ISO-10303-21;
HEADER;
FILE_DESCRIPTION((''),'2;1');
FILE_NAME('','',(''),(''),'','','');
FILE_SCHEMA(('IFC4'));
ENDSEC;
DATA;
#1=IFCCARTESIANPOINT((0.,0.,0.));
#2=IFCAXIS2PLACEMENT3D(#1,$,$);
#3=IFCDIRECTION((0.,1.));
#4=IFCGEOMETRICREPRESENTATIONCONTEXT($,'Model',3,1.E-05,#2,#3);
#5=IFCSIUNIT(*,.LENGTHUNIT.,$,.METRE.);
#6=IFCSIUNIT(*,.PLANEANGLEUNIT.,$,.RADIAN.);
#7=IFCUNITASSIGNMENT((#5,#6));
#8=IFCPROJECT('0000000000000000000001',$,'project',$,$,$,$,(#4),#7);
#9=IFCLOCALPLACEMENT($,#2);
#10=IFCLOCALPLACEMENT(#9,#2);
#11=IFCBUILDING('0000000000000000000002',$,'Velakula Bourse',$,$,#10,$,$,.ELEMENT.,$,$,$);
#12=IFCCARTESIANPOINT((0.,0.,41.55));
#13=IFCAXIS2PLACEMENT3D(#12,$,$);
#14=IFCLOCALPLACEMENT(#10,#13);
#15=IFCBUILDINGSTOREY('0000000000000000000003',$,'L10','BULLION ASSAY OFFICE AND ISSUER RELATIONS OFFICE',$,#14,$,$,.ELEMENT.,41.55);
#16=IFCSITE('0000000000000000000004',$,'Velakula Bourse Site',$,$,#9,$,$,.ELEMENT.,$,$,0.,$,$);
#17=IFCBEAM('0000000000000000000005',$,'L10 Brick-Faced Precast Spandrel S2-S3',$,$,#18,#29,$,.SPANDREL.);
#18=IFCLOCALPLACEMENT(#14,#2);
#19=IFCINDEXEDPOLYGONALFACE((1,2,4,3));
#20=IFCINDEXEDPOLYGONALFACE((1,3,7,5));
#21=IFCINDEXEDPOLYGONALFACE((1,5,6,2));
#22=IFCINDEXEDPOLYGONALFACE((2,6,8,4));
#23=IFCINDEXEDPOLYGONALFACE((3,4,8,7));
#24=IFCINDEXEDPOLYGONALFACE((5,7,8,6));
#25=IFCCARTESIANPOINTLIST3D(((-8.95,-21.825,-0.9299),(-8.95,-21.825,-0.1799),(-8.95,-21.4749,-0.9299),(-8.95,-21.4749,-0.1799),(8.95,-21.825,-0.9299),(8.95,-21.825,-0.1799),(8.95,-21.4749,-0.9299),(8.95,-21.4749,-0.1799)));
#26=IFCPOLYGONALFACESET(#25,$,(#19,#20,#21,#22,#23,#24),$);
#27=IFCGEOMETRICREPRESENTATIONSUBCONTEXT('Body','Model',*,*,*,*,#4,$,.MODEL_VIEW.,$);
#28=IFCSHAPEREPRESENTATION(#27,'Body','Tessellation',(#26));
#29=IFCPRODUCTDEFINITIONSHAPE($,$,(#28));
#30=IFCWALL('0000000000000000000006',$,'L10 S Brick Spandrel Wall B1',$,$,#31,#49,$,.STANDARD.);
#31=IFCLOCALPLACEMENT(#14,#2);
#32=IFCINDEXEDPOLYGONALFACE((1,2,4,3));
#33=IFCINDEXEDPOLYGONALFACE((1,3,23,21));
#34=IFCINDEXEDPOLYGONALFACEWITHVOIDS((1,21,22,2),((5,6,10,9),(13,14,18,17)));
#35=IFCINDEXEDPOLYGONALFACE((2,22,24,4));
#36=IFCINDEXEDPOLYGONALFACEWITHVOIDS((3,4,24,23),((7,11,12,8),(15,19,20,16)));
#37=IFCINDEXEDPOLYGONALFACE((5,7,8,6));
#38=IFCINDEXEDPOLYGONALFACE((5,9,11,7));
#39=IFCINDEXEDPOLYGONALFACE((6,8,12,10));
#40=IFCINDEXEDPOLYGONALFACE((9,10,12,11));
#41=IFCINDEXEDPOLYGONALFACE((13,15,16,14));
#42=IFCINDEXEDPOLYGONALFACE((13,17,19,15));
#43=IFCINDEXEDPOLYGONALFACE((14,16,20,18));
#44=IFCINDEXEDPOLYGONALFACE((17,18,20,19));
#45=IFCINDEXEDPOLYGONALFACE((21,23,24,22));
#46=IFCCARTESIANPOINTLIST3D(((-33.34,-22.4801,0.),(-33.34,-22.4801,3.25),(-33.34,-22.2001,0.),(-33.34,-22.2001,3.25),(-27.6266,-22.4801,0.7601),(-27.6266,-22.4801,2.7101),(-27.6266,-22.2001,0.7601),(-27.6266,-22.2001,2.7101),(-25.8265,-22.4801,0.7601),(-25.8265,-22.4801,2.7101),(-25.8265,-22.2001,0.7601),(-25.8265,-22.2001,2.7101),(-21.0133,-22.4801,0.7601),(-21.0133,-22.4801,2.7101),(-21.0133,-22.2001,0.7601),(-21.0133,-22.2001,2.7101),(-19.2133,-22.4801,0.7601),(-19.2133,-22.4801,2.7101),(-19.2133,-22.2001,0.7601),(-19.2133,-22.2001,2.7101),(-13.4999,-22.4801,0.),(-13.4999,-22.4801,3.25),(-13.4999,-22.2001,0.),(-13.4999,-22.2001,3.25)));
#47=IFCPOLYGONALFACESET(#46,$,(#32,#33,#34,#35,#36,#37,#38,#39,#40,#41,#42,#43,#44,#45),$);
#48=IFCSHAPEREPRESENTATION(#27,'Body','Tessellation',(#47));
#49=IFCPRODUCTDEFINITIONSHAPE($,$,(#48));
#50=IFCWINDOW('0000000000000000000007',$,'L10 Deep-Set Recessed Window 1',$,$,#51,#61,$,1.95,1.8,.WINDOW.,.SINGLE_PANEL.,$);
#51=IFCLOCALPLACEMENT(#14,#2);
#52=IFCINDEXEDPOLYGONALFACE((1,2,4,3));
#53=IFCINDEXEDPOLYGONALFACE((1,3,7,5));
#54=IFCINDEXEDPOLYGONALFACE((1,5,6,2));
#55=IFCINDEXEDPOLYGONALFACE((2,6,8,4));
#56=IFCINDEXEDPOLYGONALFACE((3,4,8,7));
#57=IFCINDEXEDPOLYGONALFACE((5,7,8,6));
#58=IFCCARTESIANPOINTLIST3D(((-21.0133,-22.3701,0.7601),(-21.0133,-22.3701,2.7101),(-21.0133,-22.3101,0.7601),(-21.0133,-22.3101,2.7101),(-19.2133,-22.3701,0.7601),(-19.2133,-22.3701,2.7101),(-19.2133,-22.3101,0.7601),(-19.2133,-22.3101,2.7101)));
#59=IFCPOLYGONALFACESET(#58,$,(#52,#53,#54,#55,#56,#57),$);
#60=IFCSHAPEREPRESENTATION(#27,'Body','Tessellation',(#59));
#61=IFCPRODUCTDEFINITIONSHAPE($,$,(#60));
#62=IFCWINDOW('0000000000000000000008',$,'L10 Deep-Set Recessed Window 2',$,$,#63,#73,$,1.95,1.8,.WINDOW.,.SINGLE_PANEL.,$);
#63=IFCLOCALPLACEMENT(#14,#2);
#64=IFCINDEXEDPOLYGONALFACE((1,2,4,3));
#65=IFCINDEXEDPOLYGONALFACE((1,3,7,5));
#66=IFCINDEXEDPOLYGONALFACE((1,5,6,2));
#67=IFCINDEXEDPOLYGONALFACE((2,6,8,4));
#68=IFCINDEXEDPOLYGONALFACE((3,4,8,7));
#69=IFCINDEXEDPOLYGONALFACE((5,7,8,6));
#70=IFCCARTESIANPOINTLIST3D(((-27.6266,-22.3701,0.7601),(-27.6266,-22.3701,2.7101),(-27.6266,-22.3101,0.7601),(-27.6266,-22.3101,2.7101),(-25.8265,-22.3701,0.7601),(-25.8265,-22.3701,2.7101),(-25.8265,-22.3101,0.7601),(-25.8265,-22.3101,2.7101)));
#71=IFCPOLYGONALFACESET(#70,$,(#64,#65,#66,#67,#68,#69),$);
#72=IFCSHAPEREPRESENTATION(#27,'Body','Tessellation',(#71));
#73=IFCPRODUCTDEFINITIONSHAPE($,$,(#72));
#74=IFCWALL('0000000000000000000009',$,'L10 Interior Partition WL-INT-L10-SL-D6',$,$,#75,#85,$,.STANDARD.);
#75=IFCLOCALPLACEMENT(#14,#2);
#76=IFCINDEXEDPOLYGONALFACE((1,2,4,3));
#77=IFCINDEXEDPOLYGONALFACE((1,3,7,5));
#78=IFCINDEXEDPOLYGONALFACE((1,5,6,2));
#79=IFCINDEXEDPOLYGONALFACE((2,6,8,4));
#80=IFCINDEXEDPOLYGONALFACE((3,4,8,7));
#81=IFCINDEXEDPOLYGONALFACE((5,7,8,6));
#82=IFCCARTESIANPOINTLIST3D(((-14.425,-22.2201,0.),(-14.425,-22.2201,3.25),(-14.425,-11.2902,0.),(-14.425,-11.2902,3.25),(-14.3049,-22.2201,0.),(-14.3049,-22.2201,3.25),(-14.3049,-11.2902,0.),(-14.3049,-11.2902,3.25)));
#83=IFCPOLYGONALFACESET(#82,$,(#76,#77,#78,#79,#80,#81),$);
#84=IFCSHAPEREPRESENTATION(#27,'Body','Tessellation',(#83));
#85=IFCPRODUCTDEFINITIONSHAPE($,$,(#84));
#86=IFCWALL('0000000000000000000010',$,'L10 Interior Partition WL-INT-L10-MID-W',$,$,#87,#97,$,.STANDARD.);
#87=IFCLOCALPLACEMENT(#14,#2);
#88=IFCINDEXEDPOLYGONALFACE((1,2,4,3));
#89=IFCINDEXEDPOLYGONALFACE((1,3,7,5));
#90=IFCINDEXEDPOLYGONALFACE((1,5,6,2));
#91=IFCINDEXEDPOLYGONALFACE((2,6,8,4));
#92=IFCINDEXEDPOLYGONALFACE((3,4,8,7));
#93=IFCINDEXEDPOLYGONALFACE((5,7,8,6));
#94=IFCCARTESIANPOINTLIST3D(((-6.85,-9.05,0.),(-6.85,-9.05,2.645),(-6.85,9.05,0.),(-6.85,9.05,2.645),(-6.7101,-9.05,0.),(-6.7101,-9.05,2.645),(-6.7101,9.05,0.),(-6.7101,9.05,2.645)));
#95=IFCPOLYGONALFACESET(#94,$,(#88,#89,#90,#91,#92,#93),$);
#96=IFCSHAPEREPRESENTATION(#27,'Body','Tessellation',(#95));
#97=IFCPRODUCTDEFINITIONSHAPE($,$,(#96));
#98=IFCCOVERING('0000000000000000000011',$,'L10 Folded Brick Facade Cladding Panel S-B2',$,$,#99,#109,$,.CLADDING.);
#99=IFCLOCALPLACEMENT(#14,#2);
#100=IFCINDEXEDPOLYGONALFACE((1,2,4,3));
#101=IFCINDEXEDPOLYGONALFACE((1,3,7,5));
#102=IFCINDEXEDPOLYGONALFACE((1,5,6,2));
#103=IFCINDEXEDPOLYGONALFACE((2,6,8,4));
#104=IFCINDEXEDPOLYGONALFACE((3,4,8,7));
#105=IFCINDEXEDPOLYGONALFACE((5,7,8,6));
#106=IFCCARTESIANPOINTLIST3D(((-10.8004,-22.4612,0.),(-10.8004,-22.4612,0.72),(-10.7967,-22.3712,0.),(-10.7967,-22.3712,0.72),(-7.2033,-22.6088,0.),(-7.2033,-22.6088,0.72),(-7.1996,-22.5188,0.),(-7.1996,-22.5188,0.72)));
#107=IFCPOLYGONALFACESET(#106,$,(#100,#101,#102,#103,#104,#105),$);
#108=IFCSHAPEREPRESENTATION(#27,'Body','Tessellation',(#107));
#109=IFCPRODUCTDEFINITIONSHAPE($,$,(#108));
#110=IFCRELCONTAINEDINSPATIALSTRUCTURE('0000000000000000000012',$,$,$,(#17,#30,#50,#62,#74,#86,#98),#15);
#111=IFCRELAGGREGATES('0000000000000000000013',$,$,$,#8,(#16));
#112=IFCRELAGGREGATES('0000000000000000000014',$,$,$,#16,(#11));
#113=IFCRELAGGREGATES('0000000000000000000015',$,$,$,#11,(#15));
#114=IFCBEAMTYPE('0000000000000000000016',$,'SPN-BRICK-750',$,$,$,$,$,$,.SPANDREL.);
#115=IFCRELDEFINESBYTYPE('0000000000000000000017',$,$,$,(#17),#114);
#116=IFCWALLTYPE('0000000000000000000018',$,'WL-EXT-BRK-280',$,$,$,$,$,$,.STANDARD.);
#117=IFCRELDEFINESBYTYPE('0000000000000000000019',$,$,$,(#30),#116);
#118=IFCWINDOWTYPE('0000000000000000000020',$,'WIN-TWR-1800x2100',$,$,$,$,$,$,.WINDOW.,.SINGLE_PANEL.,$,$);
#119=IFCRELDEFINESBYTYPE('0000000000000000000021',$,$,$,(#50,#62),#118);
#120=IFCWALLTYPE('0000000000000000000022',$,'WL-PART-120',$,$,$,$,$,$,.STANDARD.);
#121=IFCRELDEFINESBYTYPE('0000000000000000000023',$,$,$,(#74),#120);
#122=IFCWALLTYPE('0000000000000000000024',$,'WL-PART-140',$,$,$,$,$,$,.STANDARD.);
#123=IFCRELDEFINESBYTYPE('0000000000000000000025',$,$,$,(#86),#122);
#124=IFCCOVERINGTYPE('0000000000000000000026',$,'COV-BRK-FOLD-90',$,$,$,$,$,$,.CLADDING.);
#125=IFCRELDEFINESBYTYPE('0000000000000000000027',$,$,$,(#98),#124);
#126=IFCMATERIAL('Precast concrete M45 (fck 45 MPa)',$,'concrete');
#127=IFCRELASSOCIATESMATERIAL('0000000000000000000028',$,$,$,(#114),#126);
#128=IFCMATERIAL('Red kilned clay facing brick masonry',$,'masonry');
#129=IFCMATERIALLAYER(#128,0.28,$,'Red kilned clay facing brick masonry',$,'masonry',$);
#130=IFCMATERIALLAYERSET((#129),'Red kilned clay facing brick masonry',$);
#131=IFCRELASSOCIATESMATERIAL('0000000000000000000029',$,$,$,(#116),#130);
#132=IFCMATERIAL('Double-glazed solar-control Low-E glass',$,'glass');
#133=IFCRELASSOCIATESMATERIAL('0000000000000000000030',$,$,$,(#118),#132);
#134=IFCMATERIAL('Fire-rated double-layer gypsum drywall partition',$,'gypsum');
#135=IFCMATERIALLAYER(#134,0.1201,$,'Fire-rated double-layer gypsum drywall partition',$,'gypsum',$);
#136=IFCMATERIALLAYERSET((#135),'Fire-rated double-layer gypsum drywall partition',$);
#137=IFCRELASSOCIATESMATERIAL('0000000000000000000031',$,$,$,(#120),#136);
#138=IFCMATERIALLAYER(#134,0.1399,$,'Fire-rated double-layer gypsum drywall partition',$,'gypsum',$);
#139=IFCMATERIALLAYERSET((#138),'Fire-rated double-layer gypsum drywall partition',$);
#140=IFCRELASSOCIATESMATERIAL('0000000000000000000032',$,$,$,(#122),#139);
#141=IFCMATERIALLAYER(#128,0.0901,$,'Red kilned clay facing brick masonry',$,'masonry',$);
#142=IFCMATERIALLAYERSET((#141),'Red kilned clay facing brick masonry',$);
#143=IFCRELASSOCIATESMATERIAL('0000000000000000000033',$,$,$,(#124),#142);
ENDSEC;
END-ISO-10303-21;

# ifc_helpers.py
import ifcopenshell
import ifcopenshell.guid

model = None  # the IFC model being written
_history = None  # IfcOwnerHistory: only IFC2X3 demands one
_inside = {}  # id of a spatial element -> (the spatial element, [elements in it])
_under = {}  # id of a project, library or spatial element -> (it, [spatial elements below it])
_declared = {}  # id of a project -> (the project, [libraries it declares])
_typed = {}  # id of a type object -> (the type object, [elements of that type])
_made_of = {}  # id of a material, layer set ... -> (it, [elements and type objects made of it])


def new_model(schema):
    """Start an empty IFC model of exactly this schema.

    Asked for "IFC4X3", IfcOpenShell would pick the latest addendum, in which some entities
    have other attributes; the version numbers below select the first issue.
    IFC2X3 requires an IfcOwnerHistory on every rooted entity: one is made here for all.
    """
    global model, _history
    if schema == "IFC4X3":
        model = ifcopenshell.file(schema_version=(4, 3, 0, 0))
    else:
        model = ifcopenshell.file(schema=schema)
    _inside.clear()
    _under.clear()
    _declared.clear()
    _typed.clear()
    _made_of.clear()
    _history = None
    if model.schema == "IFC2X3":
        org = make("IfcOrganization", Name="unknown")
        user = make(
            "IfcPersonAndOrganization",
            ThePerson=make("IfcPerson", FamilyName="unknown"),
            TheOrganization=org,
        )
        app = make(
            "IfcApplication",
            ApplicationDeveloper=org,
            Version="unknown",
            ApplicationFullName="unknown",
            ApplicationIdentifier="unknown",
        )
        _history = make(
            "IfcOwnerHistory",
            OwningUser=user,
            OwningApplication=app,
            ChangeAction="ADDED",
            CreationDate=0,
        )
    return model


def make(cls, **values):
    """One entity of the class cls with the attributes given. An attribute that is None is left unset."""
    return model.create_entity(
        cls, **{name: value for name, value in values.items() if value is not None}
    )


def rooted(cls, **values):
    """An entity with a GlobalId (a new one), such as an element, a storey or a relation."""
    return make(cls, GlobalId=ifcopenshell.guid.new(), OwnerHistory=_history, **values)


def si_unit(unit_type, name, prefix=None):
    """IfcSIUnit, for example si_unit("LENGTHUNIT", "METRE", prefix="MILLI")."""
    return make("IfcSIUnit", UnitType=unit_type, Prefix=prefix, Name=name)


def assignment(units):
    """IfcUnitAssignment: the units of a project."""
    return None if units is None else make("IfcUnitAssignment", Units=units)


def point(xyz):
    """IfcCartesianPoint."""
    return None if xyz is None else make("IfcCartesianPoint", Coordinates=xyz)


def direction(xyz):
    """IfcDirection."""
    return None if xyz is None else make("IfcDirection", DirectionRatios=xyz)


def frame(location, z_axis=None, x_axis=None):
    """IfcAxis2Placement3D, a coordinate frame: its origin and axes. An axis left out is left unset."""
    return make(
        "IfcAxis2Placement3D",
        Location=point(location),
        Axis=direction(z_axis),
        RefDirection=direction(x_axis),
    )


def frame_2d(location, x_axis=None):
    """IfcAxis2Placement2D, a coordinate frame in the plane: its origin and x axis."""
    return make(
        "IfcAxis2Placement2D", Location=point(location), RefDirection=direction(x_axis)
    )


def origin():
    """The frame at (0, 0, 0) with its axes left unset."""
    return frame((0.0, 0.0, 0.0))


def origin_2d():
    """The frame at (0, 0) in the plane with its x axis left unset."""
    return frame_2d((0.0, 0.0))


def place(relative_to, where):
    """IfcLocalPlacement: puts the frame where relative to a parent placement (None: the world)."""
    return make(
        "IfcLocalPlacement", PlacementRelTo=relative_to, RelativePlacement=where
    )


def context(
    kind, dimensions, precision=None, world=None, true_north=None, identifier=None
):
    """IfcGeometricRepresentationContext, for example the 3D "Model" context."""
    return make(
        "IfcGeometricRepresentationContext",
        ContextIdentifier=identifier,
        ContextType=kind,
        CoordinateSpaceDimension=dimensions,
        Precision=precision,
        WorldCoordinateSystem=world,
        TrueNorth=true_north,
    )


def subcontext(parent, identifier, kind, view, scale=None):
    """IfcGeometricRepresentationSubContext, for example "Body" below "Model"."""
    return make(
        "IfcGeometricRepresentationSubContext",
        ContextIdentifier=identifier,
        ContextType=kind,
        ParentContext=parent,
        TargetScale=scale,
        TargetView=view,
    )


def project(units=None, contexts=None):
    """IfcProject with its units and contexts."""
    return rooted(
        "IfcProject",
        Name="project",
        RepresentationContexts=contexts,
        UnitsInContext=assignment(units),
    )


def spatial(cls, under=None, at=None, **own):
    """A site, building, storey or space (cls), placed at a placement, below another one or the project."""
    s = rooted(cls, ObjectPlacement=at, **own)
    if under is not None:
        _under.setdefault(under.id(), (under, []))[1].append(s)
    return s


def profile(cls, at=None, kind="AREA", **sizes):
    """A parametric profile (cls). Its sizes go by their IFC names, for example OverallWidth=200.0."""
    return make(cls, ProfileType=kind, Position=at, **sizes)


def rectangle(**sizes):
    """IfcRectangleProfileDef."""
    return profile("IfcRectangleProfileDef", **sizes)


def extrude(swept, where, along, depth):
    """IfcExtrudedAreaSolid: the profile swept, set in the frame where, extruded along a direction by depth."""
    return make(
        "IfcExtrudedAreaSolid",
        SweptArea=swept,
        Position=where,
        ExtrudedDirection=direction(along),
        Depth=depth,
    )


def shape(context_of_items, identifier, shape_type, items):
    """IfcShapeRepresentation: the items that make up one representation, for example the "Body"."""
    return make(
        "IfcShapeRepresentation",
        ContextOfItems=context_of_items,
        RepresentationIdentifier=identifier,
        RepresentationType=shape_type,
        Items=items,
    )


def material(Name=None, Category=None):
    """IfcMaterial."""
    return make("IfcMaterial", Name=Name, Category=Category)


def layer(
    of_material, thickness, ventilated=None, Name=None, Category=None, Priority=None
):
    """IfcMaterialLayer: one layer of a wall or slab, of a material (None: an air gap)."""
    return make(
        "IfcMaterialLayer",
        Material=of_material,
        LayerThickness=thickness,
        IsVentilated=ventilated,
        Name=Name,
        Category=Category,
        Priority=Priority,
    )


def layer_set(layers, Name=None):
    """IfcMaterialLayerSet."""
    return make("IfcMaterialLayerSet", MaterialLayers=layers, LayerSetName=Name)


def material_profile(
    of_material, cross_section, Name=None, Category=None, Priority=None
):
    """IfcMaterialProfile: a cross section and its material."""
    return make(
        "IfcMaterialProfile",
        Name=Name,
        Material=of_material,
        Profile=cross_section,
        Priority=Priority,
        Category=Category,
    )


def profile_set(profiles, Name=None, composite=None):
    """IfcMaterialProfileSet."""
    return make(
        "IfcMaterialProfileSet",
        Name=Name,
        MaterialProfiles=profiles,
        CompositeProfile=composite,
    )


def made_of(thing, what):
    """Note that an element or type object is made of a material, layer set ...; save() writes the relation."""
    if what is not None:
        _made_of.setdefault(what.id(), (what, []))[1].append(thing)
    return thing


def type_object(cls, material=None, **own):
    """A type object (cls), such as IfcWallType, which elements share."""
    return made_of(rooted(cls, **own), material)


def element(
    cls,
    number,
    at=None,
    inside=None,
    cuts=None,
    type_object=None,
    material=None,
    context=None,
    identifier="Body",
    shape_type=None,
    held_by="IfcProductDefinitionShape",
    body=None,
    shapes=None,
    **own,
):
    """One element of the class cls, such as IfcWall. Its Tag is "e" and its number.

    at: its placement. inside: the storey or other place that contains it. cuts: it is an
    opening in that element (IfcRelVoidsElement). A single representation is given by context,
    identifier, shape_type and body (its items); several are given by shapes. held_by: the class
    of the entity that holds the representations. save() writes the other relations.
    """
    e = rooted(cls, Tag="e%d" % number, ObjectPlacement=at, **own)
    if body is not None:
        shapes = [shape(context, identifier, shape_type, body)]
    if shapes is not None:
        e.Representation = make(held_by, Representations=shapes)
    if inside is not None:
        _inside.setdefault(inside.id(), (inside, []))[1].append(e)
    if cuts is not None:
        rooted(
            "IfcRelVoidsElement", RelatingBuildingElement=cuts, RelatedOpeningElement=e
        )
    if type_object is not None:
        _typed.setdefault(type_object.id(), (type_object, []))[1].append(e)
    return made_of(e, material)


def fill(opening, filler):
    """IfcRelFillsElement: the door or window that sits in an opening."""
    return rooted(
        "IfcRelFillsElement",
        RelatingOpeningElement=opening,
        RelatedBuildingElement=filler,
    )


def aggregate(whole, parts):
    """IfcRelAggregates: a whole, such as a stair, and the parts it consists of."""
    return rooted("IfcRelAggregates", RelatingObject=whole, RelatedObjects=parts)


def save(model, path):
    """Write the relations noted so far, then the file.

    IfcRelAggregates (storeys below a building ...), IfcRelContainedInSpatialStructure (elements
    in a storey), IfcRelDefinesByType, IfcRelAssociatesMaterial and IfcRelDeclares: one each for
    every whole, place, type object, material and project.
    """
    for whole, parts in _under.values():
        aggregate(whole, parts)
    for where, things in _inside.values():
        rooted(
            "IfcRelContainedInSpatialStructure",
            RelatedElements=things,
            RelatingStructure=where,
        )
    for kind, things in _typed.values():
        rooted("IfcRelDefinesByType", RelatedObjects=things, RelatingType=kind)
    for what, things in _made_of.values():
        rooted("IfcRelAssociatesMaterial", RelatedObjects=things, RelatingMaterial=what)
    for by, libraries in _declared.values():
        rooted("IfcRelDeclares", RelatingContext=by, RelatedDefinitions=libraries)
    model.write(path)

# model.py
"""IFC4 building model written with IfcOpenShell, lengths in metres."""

from ifc_helpers import new_model, si_unit, direction, frame, frame_2d, origin, origin_2d, place, context, subcontext, project, spatial, rectangle, extrude, material, layer, layer_set, material_profile, profile_set, type_object, element, fill, save


model = new_model("IFC4")

# Units and contexts
model_context = context("Model", 3, precision=1e-05, world=origin(), true_north=direction((0.0, 1.0)))
body_context = subcontext(model_context, "Body", "Model", "MODEL_VIEW")
ifc_project = project(units=[si_unit("LENGTHUNIT", "METRE"), si_unit("PLANEANGLEUNIT", "RADIAN")], contexts=[model_context])

# Site, building, storey
site_placement = place(None, origin())
site = spatial("IfcSite", under=ifc_project, at=site_placement, Name="Velakula Bourse Site", CompositionType="ELEMENT", RefElevation=0.0)
building_placement = place(site_placement, origin())
building = spatial("IfcBuilding", under=site, at=building_placement, Name="Velakula Bourse", CompositionType="ELEMENT")
storey_placement = place(building_placement, frame((0.0, 0.0, 41.55)))
storey = spatial("IfcBuildingStorey", under=building, at=storey_placement, Name="L10", Description="BULLION ASSAY OFFICE AND ISSUER RELATIONS OFFICE", CompositionType="ELEMENT", Elevation=41.55)

# Beam
ifc_material_1 = material(Name="Precast concrete M45 (fck 45 MPa)", Category="concrete")
ifc_material_profile_1 = material_profile(ifc_material_1, rectangle(XDim=0.3501, YDim=0.75, at=origin_2d()), Name="Precast concrete M45 (fck 45 MPa)")
ifc_profile_set_1 = profile_set([ifc_material_profile_1], Name="Precast concrete M45 (fck 45 MPa)")
beam_type_1 = type_object("IfcBeamType", Name="SPN-BRICK-750", PredefinedType="SPANDREL", material=ifc_profile_set_1)
beam_1_placement = place(storey_placement, frame((-8.95, -21.6499, -0.5549), z_axis=(1.0, 0.0, 0.0), x_axis=(0.0, 1.0, 0.0)))
element("IfcBeam", 1, at=beam_1_placement, inside=storey, type_object=beam_type_1, Name="L10 Brick-Faced Precast Spandrel S2-S3", PredefinedType="SPANDREL", context=body_context, shape_type="SweptSolid", body=[
    extrude(rectangle(XDim=0.3501, YDim=0.75, at=origin_2d()), origin(), (0.0, 0.0, 1.0), 17.8999),
])

# Wall, openings, windows
ifc_material_2 = material(Name="Red kilned clay facing brick masonry", Category="masonry")
ifc_layer_1 = layer(ifc_material_2, 0.28, Name="Red kilned clay facing brick masonry", Category="masonry")
ifc_layer_set_1 = layer_set([ifc_layer_1], Name="Red kilned clay facing brick masonry")
wall_type_1 = type_object("IfcWallType", Name="WL-EXT-BRK-280", PredefinedType="STANDARD", material=ifc_layer_set_1)
wall_1_placement = place(storey_placement, frame((-13.5, -22.3401, 0.0), z_axis=(0.0, 0.0, 1.0), x_axis=(-1.0, 0.0, 0.0)))
wall_1 = element("IfcWall", 2, at=wall_1_placement, inside=storey, type_object=wall_type_1, Name="L10 S Brick Spandrel Wall B1", PredefinedType="STANDARD", context=body_context, shape_type="SweptSolid", body=[
    extrude(rectangle(XDim=19.8401, YDim=0.28, at=frame_2d((9.9199, 0.0))), origin(), (0.0, 0.0, 1.0), 3.25),
])
opening_1_placement = place(wall_1_placement, frame((5.7134, 0.0, 0.76)))
opening_1 = element("IfcOpeningElement", 3, at=opening_1_placement, cuts=wall_1, PredefinedType="OPENING", context=body_context, shape_type="SweptSolid", body=[
    extrude(rectangle(XDim=1.8, YDim=1.95, at=frame_2d((0.8999, 0.9751))), frame((0.0, 0.1499, 0.0), z_axis=(0.0, -1.0, 0.0), x_axis=(1.0, 0.0, 0.0)), (0.0, 0.0, 1.0), 0.3),
])
opening_2_placement = place(wall_1_placement, frame((12.3267, 0.0, 0.76)))
opening_2 = element("IfcOpeningElement", 4, at=opening_2_placement, cuts=wall_1, PredefinedType="OPENING", context=body_context, shape_type="SweptSolid", body=[
    extrude(rectangle(XDim=1.8, YDim=1.95, at=frame_2d((0.8999, 0.9751))), frame((0.0, 0.1499, 0.0), z_axis=(0.0, -1.0, 0.0), x_axis=(1.0, 0.0, 0.0)), (0.0, 0.0, 1.0), 0.3),
])
ifc_material_3 = material(Name="Double-glazed solar-control Low-E glass", Category="glass")
window_type = type_object("IfcWindowType", Name="WIN-TWR-1800x2100", PartitioningType="SINGLE_PANEL", PredefinedType="WINDOW", material=ifc_material_3)
window_1_placement = place(opening_1_placement, origin())
window_1 = element("IfcWindow", 5, at=window_1_placement, inside=storey, type_object=window_type, Name="L10 Deep-Set Recessed Window 1", OverallHeight=1.95, OverallWidth=1.8, PartitioningType="SINGLE_PANEL", PredefinedType="WINDOW", context=body_context, shape_type="SweptSolid", body=[
    extrude(rectangle(XDim=1.8, YDim=1.95, at=frame_2d((0.8999, 0.9751))), frame((0.0, 0.03, 0.0), z_axis=(0.0, -1.0, 0.0), x_axis=(1.0, 0.0, 0.0)), (0.0, 0.0, 1.0), 0.0601),
])
fill(opening_1, window_1)
window_2_placement = place(opening_2_placement, origin())
window_2 = element("IfcWindow", 6, at=window_2_placement, inside=storey, type_object=window_type, Name="L10 Deep-Set Recessed Window 2", OverallHeight=1.95, OverallWidth=1.8, PartitioningType="SINGLE_PANEL", PredefinedType="WINDOW", context=body_context, shape_type="SweptSolid", body=[
    extrude(rectangle(XDim=1.8, YDim=1.95, at=frame_2d((0.8999, 0.9751))), frame((0.0, 0.03, 0.0), z_axis=(0.0, -1.0, 0.0), x_axis=(1.0, 0.0, 0.0)), (0.0, 0.0, 1.0), 0.0601),
])
fill(opening_2, window_2)

# Walls
ifc_material_4 = material(Name="Fire-rated double-layer gypsum drywall partition", Category="gypsum")
ifc_layer_2 = layer(ifc_material_4, 0.1201, Name="Fire-rated double-layer gypsum drywall partition", Category="gypsum")
ifc_layer_set_2 = layer_set([ifc_layer_2], Name="Fire-rated double-layer gypsum drywall partition")
wall_type_2 = type_object("IfcWallType", Name="WL-PART-120", PredefinedType="STANDARD", material=ifc_layer_set_2)
wall_2_placement = place(storey_placement, frame((-14.365, -22.22, 0.0), z_axis=(0.0, 0.0, 1.0), x_axis=(0.0, 1.0, 0.0)))
element("IfcWall", 7, at=wall_2_placement, inside=storey, type_object=wall_type_2, Name="L10 Interior Partition WL-INT-L10-SL-D6", PredefinedType="STANDARD", context=body_context, shape_type="SweptSolid", body=[
    extrude(rectangle(XDim=10.9299, YDim=0.1201, at=frame_2d((5.4648, 0.0))), origin(), (0.0, 0.0, 1.0), 3.25),
])
ifc_layer_3 = layer(ifc_material_4, 0.1399, Name="Fire-rated double-layer gypsum drywall partition", Category="gypsum")
ifc_layer_set_3 = layer_set([ifc_layer_3], Name="Fire-rated double-layer gypsum drywall partition")
wall_type_3 = type_object("IfcWallType", Name="WL-PART-140", PredefinedType="STANDARD", material=ifc_layer_set_3)
wall_3_placement = place(storey_placement, frame((-6.78, -9.05, 0.0), z_axis=(0.0, 0.0, 1.0), x_axis=(0.0, 1.0, 0.0)))
element("IfcWall", 8, at=wall_3_placement, inside=storey, type_object=wall_type_3, Name="L10 Interior Partition WL-INT-L10-MID-W", PredefinedType="STANDARD", context=body_context, shape_type="SweptSolid", body=[
    extrude(rectangle(XDim=18.1001, YDim=0.1399, at=frame_2d((9.05, 0.0))), origin(), (0.0, 0.0, 1.0), 2.645),
])

# Covering
ifc_layer_4 = layer(ifc_material_2, 0.0901, Name="Red kilned clay facing brick masonry", Category="masonry")
ifc_layer_set_4 = layer_set([ifc_layer_4], Name="Red kilned clay facing brick masonry")
covering_type = type_object("IfcCoveringType", Name="COV-BRK-FOLD-90", PredefinedType="CLADDING", material=ifc_layer_set_4)
covering_placement = place(storey_placement, frame((-9.0, -22.49, 0.0), z_axis=(0.0, 0.0, 1.0), x_axis=(0.999159, -0.041004, 0.0)))
element("IfcCovering", 9, at=covering_placement, inside=storey, type_object=covering_type, Name="L10 Folded Brick Facade Cladding Panel S-B2", PredefinedType="CLADDING", context=body_context, shape_type="SweptSolid", body=[
    extrude(rectangle(XDim=3.6001, YDim=0.0901, at=origin_2d()), origin(), (0.0, 0.0, 1.0), 0.72),
])

save(model, "model.ifc")
